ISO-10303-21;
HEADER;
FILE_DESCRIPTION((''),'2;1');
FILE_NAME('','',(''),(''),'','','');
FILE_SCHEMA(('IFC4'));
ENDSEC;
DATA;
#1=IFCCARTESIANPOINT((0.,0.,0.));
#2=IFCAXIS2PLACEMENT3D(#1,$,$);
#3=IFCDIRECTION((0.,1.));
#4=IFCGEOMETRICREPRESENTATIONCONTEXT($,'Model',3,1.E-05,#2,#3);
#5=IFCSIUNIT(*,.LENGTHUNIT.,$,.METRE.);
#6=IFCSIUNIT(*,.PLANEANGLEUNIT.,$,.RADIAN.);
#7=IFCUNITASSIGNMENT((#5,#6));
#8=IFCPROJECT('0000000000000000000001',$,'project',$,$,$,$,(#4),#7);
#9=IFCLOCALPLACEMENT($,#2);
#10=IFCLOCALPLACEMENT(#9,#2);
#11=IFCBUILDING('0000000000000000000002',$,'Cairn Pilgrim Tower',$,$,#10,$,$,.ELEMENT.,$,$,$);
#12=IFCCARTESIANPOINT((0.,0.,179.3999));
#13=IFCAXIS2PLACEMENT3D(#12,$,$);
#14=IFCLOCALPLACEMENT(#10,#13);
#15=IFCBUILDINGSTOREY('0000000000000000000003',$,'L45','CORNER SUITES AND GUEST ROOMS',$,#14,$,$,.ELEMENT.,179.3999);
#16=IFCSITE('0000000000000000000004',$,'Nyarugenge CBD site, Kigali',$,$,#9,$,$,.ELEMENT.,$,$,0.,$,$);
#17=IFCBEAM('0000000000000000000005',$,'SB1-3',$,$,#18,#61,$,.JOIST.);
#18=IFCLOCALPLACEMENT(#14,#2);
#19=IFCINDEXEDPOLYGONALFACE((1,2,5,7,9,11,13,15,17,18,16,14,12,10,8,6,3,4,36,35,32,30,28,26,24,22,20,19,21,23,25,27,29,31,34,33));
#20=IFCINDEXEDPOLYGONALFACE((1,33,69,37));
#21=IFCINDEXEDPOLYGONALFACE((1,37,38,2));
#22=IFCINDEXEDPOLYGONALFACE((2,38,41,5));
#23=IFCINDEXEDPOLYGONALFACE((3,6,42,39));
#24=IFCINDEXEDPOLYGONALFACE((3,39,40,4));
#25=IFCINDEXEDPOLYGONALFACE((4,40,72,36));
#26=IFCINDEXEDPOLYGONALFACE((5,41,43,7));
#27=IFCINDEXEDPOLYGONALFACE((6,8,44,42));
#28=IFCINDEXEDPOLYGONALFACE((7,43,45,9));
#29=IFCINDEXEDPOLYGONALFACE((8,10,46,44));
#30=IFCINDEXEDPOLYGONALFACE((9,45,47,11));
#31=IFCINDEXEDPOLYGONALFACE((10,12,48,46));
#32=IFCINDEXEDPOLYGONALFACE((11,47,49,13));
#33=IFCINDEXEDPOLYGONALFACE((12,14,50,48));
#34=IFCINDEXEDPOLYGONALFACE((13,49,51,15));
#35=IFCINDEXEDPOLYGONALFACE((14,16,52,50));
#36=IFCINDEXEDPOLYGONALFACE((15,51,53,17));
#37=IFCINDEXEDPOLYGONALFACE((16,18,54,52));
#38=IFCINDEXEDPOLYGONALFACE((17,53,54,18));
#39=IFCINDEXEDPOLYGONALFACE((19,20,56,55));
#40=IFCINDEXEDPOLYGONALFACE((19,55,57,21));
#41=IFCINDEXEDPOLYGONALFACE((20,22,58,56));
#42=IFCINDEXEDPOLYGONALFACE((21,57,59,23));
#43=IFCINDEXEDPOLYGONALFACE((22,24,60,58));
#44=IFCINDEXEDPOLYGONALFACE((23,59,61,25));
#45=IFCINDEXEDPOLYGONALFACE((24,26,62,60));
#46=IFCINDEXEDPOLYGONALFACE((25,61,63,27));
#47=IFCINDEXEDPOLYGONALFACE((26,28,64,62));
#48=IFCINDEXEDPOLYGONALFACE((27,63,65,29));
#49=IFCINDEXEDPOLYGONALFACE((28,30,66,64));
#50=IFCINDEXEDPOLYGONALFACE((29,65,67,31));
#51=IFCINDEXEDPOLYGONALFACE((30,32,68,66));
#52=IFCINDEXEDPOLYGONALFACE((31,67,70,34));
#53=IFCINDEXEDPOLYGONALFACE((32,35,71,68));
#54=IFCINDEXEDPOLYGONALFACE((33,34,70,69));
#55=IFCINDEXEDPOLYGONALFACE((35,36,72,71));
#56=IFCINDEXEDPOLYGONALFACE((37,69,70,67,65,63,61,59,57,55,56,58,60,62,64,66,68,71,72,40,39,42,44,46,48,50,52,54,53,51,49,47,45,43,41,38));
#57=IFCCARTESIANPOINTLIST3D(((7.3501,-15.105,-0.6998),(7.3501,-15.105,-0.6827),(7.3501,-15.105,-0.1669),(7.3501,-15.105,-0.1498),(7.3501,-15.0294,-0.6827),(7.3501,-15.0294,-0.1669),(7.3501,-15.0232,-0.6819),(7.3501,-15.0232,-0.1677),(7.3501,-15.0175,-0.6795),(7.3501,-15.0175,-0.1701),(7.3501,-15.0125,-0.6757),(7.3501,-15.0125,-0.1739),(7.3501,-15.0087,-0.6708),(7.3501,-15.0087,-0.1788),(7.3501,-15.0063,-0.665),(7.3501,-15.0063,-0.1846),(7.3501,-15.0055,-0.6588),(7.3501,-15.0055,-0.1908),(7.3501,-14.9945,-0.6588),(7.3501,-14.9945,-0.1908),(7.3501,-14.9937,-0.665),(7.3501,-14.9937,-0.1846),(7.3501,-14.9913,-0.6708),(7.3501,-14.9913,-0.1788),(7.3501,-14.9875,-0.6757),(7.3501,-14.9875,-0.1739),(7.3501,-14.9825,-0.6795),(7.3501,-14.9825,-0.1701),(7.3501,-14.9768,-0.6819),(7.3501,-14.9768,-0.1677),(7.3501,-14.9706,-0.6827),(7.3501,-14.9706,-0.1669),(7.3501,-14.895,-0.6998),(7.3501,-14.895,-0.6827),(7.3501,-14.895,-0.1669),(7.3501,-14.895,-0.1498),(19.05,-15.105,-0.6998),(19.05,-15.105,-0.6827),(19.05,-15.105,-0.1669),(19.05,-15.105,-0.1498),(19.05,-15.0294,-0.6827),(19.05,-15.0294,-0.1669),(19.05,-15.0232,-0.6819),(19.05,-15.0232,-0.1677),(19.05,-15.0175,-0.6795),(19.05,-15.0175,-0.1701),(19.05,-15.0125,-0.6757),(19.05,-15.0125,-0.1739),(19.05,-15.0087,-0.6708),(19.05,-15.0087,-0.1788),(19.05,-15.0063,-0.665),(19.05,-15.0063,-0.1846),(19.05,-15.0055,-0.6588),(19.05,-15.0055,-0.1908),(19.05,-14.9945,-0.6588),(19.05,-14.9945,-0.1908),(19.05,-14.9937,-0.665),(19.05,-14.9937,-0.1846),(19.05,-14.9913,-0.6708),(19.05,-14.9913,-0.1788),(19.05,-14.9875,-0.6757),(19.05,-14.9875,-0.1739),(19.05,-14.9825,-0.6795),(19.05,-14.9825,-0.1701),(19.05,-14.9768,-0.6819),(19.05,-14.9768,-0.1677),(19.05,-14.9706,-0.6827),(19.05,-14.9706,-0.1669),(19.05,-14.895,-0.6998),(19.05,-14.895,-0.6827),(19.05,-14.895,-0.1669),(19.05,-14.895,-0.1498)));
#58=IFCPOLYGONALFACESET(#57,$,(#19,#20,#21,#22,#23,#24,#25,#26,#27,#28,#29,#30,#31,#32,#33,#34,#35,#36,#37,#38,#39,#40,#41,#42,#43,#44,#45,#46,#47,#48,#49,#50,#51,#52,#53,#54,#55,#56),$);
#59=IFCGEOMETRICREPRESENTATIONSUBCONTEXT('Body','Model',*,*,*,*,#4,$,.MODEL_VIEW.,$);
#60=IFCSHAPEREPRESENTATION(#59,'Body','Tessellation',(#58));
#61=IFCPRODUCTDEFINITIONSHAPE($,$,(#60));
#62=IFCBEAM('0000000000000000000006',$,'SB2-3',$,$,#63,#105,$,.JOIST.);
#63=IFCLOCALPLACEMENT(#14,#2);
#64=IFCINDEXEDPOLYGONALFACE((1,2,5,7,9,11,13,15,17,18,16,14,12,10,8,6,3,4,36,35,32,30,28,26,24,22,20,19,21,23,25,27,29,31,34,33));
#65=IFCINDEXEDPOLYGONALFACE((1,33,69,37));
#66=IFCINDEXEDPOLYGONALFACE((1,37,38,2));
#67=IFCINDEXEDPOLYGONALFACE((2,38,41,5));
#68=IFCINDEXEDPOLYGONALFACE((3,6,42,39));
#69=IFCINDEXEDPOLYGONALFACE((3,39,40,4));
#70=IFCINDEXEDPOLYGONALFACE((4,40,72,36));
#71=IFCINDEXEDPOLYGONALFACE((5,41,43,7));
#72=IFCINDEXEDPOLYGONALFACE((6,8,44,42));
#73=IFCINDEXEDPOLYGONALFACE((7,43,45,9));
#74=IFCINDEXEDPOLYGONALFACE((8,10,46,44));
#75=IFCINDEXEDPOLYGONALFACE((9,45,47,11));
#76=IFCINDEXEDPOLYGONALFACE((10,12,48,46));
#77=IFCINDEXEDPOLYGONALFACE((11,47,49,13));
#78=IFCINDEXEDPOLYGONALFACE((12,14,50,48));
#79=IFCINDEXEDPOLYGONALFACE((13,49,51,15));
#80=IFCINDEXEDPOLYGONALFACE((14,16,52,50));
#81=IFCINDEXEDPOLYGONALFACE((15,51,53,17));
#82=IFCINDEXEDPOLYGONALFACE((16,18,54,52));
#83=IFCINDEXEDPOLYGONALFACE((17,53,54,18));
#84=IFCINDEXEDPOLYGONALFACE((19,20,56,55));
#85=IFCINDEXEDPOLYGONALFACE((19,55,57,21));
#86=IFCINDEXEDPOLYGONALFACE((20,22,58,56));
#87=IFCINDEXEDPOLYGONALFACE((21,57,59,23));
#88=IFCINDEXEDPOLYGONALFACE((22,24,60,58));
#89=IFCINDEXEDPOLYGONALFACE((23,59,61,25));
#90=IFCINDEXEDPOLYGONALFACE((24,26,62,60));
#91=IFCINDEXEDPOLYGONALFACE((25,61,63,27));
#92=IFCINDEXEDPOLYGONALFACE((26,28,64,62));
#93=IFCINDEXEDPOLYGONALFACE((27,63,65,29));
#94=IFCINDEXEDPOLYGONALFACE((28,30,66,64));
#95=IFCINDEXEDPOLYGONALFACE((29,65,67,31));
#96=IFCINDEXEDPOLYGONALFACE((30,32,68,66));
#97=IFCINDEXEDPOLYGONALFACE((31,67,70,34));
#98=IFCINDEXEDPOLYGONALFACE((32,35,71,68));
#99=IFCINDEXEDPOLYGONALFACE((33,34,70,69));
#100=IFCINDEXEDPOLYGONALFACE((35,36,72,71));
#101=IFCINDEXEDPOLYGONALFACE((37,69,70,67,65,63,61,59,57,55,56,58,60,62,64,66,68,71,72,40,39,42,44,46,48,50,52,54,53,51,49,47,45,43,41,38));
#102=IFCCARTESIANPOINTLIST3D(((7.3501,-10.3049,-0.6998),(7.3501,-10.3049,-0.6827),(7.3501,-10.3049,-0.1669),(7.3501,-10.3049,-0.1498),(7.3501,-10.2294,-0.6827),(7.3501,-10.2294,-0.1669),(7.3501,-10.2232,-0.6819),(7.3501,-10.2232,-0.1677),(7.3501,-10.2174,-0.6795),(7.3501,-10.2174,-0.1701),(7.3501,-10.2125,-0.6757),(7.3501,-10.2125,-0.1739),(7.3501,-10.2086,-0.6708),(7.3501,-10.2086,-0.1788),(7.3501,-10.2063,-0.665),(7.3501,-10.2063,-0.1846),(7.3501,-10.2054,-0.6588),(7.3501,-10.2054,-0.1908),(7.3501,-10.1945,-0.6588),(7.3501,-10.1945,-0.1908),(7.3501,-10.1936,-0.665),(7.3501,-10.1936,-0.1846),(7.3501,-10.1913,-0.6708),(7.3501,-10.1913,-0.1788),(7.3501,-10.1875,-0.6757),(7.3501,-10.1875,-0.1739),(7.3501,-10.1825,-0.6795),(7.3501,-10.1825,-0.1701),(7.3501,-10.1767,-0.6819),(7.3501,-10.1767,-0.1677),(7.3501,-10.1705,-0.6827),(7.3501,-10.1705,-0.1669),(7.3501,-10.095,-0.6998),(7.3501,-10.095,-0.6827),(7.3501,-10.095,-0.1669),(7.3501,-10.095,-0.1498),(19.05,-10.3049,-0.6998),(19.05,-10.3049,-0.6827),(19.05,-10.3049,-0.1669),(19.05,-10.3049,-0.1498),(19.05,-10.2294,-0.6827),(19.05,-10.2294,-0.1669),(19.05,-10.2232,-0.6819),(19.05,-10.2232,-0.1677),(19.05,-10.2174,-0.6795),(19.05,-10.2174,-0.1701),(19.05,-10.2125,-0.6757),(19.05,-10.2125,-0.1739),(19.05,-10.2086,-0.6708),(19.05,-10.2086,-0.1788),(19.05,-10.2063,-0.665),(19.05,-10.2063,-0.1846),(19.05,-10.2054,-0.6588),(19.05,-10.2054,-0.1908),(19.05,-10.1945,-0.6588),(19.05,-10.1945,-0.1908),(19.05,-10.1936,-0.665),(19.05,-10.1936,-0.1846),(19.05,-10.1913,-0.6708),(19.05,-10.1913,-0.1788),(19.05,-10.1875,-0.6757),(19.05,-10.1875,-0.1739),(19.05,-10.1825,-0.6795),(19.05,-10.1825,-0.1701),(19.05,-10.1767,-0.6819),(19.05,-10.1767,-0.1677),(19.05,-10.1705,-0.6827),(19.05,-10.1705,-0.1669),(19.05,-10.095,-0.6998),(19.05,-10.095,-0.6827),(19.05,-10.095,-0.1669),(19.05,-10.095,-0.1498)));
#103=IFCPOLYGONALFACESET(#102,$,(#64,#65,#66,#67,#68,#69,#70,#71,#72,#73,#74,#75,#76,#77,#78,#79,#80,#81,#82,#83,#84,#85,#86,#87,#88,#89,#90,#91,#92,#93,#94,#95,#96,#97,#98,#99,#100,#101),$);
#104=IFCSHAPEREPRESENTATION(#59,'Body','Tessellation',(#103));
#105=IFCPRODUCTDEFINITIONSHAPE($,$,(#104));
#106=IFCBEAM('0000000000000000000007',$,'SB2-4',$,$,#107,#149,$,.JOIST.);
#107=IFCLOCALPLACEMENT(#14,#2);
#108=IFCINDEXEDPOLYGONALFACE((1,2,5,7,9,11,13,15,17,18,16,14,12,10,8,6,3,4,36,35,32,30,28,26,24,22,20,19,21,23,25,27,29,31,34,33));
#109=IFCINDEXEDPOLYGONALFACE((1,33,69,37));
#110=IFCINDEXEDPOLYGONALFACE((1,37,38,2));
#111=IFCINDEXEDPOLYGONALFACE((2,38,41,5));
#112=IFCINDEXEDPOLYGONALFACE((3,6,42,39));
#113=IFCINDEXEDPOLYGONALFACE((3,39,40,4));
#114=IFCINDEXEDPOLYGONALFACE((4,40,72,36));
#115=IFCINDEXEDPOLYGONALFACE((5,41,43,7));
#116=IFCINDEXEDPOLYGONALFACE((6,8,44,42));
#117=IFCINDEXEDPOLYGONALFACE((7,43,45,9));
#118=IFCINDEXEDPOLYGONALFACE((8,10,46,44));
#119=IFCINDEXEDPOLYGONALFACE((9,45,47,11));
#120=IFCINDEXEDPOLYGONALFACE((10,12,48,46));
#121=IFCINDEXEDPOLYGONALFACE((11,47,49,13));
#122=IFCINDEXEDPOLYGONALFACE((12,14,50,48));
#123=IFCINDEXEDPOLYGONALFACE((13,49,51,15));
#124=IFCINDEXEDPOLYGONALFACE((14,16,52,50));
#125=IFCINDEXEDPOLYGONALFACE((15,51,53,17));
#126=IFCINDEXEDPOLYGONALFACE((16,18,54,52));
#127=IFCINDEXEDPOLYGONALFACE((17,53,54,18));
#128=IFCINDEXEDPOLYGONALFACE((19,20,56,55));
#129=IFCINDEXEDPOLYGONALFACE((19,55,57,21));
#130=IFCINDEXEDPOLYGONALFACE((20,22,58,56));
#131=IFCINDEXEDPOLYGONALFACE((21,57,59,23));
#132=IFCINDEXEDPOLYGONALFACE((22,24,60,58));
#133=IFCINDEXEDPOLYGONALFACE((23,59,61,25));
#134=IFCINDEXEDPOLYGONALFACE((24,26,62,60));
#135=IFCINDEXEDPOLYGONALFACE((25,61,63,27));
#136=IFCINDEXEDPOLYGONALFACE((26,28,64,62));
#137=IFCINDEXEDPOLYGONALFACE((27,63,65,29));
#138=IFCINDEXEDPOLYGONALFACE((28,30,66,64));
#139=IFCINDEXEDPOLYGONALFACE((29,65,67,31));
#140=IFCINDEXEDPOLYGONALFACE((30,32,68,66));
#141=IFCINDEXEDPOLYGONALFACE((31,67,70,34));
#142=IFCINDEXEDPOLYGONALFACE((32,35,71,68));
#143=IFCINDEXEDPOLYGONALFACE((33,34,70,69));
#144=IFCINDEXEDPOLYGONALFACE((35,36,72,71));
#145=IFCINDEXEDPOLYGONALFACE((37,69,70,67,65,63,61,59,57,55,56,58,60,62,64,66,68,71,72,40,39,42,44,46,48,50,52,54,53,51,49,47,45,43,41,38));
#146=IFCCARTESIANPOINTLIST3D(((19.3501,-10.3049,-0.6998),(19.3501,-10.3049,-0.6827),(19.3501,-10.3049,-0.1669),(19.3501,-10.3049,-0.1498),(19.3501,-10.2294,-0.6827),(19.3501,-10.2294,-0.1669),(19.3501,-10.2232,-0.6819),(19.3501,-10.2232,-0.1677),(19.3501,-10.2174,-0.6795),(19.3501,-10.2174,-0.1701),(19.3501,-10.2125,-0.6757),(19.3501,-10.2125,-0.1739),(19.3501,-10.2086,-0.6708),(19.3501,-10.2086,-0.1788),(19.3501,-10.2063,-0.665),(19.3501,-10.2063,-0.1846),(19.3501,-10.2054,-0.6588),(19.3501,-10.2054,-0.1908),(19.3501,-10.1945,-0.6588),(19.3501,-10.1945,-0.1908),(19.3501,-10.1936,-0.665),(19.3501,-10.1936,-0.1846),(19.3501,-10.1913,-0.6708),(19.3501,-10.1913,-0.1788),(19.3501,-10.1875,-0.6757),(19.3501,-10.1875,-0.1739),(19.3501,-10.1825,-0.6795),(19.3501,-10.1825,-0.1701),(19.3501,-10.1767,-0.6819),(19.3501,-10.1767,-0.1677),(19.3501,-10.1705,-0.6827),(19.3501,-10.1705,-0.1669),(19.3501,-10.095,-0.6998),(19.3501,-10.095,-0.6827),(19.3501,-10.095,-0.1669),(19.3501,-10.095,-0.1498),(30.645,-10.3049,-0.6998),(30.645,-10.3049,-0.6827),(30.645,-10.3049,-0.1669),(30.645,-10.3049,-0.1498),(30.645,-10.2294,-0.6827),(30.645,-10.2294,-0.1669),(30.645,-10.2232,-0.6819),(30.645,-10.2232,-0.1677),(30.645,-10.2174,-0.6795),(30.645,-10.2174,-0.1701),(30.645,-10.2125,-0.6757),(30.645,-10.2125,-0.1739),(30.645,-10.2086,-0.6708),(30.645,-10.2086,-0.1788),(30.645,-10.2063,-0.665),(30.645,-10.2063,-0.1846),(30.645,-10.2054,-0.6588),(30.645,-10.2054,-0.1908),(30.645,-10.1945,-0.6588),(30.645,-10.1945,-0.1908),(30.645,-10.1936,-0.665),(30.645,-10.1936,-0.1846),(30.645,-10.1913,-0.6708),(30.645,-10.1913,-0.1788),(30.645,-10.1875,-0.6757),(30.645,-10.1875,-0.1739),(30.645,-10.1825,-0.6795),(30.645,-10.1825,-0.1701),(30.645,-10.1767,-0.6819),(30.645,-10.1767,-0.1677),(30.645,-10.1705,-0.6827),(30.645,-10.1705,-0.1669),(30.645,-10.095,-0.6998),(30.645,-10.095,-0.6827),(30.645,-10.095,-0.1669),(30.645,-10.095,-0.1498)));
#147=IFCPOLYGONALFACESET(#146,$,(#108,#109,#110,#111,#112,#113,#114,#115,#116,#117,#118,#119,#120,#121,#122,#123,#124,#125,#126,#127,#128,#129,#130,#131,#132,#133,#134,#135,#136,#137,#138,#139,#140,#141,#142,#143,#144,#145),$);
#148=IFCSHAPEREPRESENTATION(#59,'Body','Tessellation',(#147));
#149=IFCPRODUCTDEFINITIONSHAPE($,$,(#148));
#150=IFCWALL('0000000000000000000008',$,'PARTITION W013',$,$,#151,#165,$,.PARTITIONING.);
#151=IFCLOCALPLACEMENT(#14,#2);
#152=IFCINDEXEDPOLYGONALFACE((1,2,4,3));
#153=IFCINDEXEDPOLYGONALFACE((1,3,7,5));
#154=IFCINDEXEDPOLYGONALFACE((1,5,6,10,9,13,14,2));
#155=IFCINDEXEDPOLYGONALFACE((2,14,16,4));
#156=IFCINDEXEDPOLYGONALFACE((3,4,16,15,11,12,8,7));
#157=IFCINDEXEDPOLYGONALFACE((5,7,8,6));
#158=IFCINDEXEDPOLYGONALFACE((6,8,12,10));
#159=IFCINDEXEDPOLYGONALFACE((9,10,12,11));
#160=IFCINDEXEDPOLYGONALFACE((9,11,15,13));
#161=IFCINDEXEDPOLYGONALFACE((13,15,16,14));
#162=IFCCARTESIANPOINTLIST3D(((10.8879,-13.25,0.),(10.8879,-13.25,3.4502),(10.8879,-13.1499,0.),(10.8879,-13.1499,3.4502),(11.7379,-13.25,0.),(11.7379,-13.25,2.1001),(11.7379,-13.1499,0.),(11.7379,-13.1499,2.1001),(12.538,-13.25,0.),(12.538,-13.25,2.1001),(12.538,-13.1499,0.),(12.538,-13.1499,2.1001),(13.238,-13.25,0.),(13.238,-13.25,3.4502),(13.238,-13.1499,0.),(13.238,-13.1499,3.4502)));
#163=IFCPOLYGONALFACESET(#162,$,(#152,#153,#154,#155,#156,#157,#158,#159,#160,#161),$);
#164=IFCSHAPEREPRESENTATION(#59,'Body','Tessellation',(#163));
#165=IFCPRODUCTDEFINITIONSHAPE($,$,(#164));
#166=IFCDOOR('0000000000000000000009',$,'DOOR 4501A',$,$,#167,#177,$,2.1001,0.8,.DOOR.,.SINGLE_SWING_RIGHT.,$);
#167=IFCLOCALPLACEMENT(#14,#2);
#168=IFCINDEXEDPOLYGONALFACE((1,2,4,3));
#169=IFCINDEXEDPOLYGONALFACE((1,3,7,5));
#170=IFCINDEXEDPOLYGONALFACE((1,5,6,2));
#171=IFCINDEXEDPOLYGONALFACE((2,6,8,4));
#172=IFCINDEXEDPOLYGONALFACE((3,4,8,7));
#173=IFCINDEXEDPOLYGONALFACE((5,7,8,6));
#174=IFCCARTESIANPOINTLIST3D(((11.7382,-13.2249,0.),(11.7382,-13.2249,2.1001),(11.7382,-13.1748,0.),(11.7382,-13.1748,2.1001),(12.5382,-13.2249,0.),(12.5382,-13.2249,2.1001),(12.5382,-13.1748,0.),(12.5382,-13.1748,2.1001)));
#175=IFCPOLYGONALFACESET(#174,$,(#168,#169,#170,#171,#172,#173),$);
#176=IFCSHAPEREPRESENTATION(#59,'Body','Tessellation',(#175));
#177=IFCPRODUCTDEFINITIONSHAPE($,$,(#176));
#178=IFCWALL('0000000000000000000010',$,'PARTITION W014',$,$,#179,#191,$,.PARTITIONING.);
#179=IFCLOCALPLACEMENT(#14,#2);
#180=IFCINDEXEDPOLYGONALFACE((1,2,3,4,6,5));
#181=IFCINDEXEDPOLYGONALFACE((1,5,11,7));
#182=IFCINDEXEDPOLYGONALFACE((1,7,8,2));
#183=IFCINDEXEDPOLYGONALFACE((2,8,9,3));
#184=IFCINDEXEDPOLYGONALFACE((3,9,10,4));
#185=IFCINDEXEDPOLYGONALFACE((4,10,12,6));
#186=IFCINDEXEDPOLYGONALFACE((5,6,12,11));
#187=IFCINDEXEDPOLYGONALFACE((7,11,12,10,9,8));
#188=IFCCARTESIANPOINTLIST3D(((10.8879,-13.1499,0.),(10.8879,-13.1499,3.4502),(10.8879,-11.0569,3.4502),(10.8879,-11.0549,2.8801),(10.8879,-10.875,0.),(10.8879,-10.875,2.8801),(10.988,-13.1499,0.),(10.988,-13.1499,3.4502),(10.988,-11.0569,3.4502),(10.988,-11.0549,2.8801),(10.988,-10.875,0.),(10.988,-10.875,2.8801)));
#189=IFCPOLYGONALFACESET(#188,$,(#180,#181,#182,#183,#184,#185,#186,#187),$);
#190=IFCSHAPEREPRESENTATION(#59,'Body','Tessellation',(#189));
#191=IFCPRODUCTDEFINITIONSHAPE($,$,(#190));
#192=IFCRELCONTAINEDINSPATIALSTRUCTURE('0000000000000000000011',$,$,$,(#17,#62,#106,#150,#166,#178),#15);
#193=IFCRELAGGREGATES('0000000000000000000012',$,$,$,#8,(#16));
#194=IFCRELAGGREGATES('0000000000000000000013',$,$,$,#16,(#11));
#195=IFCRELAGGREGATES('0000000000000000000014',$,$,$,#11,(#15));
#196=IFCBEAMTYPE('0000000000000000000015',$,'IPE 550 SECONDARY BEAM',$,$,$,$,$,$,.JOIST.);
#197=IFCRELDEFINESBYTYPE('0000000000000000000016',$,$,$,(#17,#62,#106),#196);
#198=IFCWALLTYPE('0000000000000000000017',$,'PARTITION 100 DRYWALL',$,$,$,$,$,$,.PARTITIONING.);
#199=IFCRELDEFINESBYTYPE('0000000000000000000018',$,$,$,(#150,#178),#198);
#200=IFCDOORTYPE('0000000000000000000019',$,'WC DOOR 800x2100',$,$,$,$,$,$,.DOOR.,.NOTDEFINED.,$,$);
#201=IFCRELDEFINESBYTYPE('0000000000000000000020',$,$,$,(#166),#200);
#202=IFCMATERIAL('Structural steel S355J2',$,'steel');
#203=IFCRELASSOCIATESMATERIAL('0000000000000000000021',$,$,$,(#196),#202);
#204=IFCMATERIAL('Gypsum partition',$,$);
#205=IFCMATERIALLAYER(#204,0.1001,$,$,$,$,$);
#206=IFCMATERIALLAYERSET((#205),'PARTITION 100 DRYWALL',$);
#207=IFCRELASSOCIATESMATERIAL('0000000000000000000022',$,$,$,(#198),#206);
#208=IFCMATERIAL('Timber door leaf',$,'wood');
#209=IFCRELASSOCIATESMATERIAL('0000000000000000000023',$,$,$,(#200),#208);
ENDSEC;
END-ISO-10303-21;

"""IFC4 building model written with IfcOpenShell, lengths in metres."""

from ifc_helpers import new_model, si_unit, direction, frame, frame_2d, origin, origin_2d, place, context, subcontext, project, spatial, polyline, rectangle, i_section, outline, extrude, material, layer, layer_set, material_profile, profile_set, type_object, element, fill, save


model = new_model("IFC4")

# Units and contexts
model_context = context("Model", 3, precision=1e-05, world=origin(), true_north=direction((0.0, 1.0)))
body_context = subcontext(model_context, "Body", "Model", "MODEL_VIEW")
ifc_project = project(units=[si_unit("LENGTHUNIT", "METRE"), si_unit("PLANEANGLEUNIT", "RADIAN")], contexts=[model_context])

# Site, building, storey
site_placement = place(None, origin())
site = spatial("IfcSite", under=ifc_project, at=site_placement, Name="Nyarugenge CBD site, Kigali", CompositionType="ELEMENT", RefElevation=0.0)
building_placement = place(site_placement, origin())
building = spatial("IfcBuilding", under=site, at=building_placement, Name="Cairn Pilgrim Tower", CompositionType="ELEMENT")
storey_placement = place(building_placement, frame((0.0, 0.0, 179.3999)))
storey = spatial("IfcBuildingStorey", under=building, at=storey_placement, Name="L45", Description="CORNER SUITES AND GUEST ROOMS", CompositionType="ELEMENT", Elevation=179.3999)

# Shared definitions
ifc_material_1 = material(Name="Structural steel S355J2", Category="steel")

# Beams
ifc_material_profile_1 = material_profile(ifc_material_1, i_section(OverallWidth=0.21, OverallDepth=0.55, WebThickness=0.011, FlangeThickness=0.0171, FilletRadius=0.0239, at=origin_2d()), Name="IPE 550")
ifc_profile_set_1 = profile_set([ifc_material_profile_1], Name="Structural steel S355J2")
beam_type_1 = type_object("IfcBeamType", Name="IPE 550 SECONDARY BEAM", PredefinedType="JOIST", material=ifc_profile_set_1)
for number, where, z_axis, x_axis, name in (
    (1, (7.3501, -15.0, -0.4248), (1.0, 0.0, 0.0), (0.0, 1.0, 0.0), "SB1-3"),
    (2, (7.3501, -10.2, -0.4248), (1.0, 0.0, 0.0), (0.0, 1.0, 0.0), "SB2-3"),
):
    element("IfcBeam", number, at=place(storey_placement, frame(where, z_axis=z_axis, x_axis=x_axis)), inside=storey, type_object=beam_type_1, Name=name, PredefinedType="JOIST", context=body_context, shape_type="SweptSolid", body=[
        extrude(i_section(OverallWidth=0.21, OverallDepth=0.55, WebThickness=0.011, FlangeThickness=0.0171, FilletRadius=0.0239, at=origin_2d()), origin(), (0.0, 0.0, 1.0), 11.7),
    ])
beam_1_placement = place(storey_placement, frame((19.3501, -10.2, -0.4248), z_axis=(1.0, 0.0, 0.0), x_axis=(0.0, 1.0, 0.0)))
element("IfcBeam", 3, at=beam_1_placement, inside=storey, type_object=beam_type_1, Name="SB2-4", PredefinedType="JOIST", context=body_context, shape_type="SweptSolid", body=[
    extrude(i_section(OverallWidth=0.21, OverallDepth=0.55, WebThickness=0.011, FlangeThickness=0.0171, FilletRadius=0.0239, at=origin_2d()), origin(), (0.0, 0.0, 1.0), 11.2949),
])

# Wall, opening, door
ifc_material_2 = material(Name="Gypsum partition")
ifc_layer_1 = layer(ifc_material_2, 0.1001)
ifc_layer_set_1 = layer_set([ifc_layer_1], Name="PARTITION 100 DRYWALL")
wall_type_1 = type_object("IfcWallType", Name="PARTITION 100 DRYWALL", PredefinedType="PARTITIONING", material=ifc_layer_set_1)
wall_1_placement = place(storey_placement, frame((10.8879, -13.2, 0.0), z_axis=(0.0, 0.0, 1.0), x_axis=(1.0, 0.0, 0.0)))
wall_1 = element("IfcWall", 4, at=wall_1_placement, inside=storey, type_object=wall_type_1, Name="PARTITION W013", PredefinedType="PARTITIONING", context=body_context, shape_type="SweptSolid", body=[
    extrude(rectangle(XDim=2.3501, YDim=0.1001, at=frame_2d((1.175, 0.0))), origin(), (0.0, 0.0, 1.0), 3.4502),
])
opening_1_placement = place(wall_1_placement, frame((0.8501, 0.0, 0.0)))
opening_1 = element("IfcOpeningElement", 5, at=opening_1_placement, cuts=wall_1, PredefinedType="OPENING", context=body_context, shape_type="SweptSolid", body=[
    extrude(rectangle(XDim=0.8, YDim=2.1001, at=frame_2d((0.3999, 1.05))), frame((0.0, 0.0601, 0.0), z_axis=(0.0, -1.0, 0.0), x_axis=(1.0, 0.0, 0.0)), (0.0, 0.0, 1.0), 0.1201),
])
ifc_material_3 = material(Name="Timber door leaf", Category="wood")
door_type_1 = type_object("IfcDoorType", Name="WC DOOR 800x2100", OperationType="NOTDEFINED", PredefinedType="DOOR", material=ifc_material_3)
door_1_placement = place(opening_1_placement, frame((0.8, 0.0, 0.0), z_axis=(0.0, 0.0, 1.0), x_axis=(-1.0, 0.0, 0.0)))
door_1 = element("IfcDoor", 6, at=door_1_placement, inside=storey, type_object=door_type_1, Name="DOOR 4501A", OperationType="SINGLE_SWING_RIGHT", OverallHeight=2.1001, OverallWidth=0.8, PredefinedType="DOOR", context=body_context, shape_type="SweptSolid", body=[
    extrude(rectangle(XDim=0.8, YDim=2.1001, at=frame_2d((0.3999, 1.05))), frame((0.0, 0.0249, 0.0), z_axis=(0.0, -1.0, 0.0), x_axis=(1.0, 0.0, 0.0)), (0.0, 0.0, 1.0), 0.05),
])
fill(opening_1, door_1)

# Wall
wall_2_placement = place(storey_placement, frame((10.938, -13.1499, 0.0), z_axis=(0.0, 0.0, 1.0), x_axis=(0.0, 1.0, 0.0)))
element("IfcWall", 7, at=wall_2_placement, inside=storey, type_object=wall_type_1, Name="PARTITION W014", PredefinedType="PARTITIONING", context=body_context, shape_type="SweptSolid", body=[
    extrude(outline(polyline([(0.0, 0.0), (2.2749, 0.0), (2.2749, 2.8801), (2.095, 2.8801), (2.093, 3.4502), (0.0, 3.4502), (0.0, 0.0)])), frame((0.0, 0.05, 0.0), z_axis=(0.0, -1.0, 0.0), x_axis=(1.0, 0.0, 0.0)), (0.0, 0.0, 1.0), 0.1001),
])

save(model, "model.ifc")
